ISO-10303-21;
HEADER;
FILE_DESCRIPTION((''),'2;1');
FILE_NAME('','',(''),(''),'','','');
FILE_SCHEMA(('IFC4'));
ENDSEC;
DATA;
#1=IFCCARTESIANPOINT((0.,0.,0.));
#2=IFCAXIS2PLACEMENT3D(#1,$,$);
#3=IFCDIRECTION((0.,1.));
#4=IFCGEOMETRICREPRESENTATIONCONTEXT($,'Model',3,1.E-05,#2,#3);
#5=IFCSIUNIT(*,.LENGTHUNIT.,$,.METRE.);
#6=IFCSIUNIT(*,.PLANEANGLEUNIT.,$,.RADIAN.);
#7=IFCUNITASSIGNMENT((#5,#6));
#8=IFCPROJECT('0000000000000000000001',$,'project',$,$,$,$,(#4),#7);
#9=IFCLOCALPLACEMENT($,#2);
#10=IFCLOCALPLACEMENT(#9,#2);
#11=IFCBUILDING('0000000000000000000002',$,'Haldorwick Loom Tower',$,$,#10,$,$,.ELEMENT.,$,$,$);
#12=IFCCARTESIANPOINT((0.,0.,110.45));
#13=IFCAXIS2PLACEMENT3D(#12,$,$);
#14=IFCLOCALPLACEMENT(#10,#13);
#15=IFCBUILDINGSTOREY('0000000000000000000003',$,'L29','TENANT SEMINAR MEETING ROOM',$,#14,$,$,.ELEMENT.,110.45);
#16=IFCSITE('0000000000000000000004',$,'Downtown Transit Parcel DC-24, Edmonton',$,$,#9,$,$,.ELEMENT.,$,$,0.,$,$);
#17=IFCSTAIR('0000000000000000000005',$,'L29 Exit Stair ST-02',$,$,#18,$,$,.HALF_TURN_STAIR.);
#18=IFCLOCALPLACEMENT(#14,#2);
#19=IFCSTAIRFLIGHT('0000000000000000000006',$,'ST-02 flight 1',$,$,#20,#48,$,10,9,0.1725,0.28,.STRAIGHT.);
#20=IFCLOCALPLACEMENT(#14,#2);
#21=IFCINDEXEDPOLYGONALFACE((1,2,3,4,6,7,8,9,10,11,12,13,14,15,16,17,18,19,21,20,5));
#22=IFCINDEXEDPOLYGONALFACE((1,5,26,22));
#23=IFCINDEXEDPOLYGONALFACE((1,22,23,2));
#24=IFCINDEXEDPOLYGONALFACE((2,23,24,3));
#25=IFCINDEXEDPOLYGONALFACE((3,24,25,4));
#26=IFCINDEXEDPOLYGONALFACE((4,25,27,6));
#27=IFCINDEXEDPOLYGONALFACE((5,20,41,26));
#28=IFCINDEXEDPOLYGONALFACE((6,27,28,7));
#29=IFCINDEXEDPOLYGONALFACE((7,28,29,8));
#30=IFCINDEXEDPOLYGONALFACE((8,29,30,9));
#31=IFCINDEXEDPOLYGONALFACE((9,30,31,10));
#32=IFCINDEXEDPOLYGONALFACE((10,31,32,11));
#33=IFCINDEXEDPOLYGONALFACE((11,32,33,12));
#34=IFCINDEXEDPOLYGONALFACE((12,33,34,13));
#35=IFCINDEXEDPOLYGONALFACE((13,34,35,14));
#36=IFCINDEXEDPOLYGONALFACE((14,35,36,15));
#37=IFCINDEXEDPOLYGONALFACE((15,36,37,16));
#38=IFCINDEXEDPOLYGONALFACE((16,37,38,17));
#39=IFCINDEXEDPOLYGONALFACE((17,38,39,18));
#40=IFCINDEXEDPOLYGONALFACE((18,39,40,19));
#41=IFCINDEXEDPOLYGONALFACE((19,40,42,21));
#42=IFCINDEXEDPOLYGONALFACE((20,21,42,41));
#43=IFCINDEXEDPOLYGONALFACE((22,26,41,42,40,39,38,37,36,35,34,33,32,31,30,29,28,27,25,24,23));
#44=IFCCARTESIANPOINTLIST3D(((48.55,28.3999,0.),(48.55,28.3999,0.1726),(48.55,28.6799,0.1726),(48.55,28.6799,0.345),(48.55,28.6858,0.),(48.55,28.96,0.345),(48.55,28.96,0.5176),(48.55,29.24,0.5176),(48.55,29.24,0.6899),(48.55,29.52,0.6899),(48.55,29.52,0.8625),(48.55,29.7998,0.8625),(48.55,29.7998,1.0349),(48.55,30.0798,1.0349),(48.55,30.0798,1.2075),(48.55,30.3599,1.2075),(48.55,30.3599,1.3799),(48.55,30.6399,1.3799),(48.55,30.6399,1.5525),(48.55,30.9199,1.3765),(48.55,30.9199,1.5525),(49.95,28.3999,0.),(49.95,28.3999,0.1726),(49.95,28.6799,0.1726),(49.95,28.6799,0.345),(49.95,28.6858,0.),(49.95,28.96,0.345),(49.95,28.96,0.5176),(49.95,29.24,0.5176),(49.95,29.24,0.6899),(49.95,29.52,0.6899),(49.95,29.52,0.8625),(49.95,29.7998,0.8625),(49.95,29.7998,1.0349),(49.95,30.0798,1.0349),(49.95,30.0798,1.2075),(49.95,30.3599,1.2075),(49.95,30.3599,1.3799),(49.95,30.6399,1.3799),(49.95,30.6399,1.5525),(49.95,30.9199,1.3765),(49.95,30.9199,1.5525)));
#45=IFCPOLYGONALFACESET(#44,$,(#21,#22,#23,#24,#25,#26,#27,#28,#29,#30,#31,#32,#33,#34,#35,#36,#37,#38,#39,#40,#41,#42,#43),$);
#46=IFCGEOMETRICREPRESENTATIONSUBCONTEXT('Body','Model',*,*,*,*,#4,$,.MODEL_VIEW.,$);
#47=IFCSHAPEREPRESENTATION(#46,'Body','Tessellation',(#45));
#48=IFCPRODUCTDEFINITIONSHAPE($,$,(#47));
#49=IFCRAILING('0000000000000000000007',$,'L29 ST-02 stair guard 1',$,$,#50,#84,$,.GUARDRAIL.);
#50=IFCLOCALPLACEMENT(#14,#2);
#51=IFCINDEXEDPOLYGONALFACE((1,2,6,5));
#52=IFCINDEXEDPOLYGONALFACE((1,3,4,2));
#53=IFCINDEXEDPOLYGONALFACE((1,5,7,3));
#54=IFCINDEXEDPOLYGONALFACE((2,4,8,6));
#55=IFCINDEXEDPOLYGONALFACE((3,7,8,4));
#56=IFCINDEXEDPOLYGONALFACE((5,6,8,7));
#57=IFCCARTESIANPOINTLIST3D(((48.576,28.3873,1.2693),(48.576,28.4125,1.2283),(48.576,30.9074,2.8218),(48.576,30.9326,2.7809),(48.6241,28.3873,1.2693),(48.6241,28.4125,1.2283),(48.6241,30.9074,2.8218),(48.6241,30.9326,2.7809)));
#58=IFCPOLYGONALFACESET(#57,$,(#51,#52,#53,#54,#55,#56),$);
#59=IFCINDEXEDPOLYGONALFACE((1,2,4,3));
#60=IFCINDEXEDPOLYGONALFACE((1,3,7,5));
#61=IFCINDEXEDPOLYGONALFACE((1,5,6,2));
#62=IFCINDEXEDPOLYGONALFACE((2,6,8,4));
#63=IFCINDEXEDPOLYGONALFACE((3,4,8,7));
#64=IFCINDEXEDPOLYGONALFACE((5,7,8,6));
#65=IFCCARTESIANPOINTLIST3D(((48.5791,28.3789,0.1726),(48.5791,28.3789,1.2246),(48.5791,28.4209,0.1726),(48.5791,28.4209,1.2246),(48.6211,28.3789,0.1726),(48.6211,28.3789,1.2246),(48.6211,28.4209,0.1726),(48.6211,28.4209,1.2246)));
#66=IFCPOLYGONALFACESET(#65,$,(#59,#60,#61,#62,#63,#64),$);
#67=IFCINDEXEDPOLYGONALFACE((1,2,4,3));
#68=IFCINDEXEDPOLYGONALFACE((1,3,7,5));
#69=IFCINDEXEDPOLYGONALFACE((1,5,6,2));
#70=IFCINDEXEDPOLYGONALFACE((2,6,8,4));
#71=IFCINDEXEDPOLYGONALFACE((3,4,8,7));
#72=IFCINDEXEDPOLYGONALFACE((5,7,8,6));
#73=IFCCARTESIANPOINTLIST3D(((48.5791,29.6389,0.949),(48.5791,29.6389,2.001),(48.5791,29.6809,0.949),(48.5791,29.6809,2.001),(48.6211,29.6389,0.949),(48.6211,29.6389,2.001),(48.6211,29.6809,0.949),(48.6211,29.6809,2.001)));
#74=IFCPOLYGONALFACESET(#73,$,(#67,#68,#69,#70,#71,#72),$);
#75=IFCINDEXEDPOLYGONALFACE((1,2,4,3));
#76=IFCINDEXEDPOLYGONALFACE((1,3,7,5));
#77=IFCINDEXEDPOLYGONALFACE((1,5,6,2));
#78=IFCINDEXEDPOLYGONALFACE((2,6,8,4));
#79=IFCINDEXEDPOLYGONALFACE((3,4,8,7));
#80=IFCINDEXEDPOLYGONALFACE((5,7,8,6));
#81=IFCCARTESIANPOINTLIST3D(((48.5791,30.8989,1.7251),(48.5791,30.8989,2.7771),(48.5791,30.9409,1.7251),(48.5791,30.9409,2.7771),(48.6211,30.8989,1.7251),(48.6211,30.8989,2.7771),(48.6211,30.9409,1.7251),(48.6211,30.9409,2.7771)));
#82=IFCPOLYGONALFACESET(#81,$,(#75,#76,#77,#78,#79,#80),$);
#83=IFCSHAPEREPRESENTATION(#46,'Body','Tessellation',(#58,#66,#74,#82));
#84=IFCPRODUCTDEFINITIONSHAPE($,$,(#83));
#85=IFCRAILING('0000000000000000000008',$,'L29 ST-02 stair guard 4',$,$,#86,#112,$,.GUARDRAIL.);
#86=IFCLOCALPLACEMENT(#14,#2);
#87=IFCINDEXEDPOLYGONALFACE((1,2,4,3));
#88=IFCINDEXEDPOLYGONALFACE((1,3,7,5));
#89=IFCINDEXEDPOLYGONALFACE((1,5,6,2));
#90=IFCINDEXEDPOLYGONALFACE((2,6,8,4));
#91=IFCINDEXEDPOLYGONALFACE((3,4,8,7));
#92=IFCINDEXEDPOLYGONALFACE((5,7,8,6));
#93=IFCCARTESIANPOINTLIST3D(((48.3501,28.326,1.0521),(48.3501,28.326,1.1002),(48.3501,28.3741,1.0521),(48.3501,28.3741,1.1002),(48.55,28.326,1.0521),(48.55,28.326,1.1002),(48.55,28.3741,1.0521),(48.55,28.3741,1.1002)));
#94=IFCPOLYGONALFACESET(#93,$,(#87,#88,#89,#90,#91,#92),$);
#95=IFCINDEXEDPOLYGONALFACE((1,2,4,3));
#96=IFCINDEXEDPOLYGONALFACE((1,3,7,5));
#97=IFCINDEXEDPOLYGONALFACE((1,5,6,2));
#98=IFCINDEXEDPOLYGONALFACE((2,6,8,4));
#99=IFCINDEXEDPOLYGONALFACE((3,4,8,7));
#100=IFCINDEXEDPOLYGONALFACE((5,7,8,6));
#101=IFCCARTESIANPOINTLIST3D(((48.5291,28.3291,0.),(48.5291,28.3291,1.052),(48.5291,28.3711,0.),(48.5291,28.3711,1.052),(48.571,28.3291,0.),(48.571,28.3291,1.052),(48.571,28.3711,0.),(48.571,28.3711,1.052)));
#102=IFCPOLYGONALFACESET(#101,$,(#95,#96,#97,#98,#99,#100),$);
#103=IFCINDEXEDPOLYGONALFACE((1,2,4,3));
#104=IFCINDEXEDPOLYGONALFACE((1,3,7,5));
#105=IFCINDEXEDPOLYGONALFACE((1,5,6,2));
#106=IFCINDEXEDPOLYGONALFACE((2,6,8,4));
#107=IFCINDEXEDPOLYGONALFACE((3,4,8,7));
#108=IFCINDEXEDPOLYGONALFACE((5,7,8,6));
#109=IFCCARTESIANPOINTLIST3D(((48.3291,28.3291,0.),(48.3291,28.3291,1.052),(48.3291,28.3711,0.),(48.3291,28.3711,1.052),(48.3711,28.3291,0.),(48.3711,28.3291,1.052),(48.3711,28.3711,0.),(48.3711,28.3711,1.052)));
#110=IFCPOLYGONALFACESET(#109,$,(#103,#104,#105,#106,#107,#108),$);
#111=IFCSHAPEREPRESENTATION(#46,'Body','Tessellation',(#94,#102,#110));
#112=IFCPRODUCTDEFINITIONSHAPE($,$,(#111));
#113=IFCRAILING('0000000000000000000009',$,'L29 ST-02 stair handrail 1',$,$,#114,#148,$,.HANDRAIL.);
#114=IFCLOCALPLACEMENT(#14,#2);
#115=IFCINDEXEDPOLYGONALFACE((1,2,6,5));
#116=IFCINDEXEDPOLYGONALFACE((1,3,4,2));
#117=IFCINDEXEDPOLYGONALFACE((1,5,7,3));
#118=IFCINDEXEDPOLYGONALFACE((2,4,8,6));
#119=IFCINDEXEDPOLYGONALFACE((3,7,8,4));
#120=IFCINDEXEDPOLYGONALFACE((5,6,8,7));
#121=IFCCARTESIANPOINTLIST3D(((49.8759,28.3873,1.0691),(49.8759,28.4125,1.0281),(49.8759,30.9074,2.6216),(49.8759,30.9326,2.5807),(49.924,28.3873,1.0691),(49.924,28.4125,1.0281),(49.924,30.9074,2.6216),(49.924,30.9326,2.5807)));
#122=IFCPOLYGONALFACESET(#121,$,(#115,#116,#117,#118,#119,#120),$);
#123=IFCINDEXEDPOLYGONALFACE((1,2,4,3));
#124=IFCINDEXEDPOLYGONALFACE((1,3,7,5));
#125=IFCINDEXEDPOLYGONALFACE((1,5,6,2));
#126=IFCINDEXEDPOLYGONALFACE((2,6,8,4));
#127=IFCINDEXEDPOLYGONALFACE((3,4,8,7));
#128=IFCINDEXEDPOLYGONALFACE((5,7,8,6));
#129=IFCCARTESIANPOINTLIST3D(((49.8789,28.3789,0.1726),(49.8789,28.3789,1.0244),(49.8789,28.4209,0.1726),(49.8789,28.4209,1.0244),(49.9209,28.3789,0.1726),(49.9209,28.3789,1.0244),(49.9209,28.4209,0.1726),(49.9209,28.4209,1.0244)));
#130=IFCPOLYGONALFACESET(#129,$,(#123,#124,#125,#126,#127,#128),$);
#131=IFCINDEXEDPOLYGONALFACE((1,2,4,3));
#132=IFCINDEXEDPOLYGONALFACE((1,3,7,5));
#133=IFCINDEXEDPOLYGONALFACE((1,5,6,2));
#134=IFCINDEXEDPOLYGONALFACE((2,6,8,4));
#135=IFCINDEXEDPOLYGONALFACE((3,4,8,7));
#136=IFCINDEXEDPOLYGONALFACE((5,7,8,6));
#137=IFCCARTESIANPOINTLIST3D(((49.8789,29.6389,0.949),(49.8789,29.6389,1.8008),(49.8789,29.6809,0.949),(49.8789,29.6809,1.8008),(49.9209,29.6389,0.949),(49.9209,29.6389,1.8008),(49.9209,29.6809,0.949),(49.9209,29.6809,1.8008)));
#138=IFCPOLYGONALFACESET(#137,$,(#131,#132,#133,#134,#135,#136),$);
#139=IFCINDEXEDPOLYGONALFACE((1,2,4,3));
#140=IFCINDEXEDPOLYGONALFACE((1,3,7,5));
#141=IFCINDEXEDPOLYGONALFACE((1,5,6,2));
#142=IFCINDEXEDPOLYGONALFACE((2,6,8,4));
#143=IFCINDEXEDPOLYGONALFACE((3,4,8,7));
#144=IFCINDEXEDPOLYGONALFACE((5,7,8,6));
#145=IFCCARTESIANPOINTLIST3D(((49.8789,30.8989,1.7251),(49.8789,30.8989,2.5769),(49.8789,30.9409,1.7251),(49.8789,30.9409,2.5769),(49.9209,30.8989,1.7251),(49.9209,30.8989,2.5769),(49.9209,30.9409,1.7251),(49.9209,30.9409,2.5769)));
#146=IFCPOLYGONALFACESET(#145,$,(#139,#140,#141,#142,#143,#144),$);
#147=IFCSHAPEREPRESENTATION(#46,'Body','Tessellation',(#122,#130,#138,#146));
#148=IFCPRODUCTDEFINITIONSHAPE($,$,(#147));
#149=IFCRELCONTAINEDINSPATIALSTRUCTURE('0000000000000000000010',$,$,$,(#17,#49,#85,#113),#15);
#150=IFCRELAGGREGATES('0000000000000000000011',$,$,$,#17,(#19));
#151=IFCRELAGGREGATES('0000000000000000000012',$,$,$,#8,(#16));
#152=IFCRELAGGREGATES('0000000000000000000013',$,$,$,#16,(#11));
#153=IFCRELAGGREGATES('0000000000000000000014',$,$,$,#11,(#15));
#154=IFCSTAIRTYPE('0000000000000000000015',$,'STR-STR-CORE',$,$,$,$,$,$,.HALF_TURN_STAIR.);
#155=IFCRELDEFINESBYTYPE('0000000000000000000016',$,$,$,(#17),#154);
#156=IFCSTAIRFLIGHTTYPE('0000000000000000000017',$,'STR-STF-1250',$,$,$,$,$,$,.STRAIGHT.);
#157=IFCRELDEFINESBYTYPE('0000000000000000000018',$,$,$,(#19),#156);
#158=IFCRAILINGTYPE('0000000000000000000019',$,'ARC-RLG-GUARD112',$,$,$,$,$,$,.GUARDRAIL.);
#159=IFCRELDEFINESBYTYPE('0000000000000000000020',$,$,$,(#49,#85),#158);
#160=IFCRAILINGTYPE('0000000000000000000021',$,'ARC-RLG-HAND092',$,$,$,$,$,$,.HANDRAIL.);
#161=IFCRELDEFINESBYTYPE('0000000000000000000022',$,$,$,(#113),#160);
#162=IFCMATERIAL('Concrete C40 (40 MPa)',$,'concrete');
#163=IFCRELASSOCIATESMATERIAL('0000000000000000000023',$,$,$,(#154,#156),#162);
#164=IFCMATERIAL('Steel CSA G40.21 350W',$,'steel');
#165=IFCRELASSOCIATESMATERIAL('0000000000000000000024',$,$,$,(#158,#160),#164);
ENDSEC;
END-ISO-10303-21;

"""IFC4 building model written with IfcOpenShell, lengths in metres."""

from ifc_helpers import new_model, si_unit, direction, frame, origin, origin_2d, place, context, subcontext, project, spatial, polyline, rectangle, outline, extrude, material, type_object, element, aggregate, save


model = new_model("IFC4")

# Units and contexts
model_context = context("Model", 3, precision=1e-05, world=origin(), true_north=direction((0.0, 1.0)))
body_context = subcontext(model_context, "Body", "Model", "MODEL_VIEW")
ifc_project = project(units=[si_unit("LENGTHUNIT", "METRE"), si_unit("PLANEANGLEUNIT", "RADIAN")], contexts=[model_context])

# Site, building, storey
site_placement = place(None, origin())
site = spatial("IfcSite", under=ifc_project, at=site_placement, Name="Downtown Transit Parcel DC-24, Edmonton", CompositionType="ELEMENT", RefElevation=0.0)
building_placement = place(site_placement, origin())
building = spatial("IfcBuilding", under=site, at=building_placement, Name="Haldorwick Loom Tower", CompositionType="ELEMENT")
storey_placement = place(building_placement, frame((0.0, 0.0, 110.45)))
storey = spatial("IfcBuildingStorey", under=building, at=storey_placement, Name="L29", Description="TENANT SEMINAR MEETING ROOM", CompositionType="ELEMENT", Elevation=110.45)

# Shared definitions
ifc_material_1 = material(Name="Steel CSA G40.21 350W", Category="steel")

# Stair, stair flight
ifc_material_2 = material(Name="Concrete C40 (40 MPa)", Category="concrete")
stair_type = type_object("IfcStairType", Name="STR-STR-CORE", PredefinedType="HALF_TURN_STAIR", material=ifc_material_2)
stair_placement = place(storey_placement, origin())
stair = element("IfcStair", 1, at=stair_placement, inside=storey, type_object=stair_type, Name="L29 Exit Stair ST-02", PredefinedType="HALF_TURN_STAIR")
stair_flight_type = type_object("IfcStairFlightType", Name="STR-STF-1250", PredefinedType="STRAIGHT", material=ifc_material_2)
stair_flight_placement = place(storey_placement, frame((49.25, 28.3999, 0.0), z_axis=(0.0, 0.0, 1.0), x_axis=(0.0, 1.0, 0.0)))
stair_flight = element("IfcStairFlight", 2, at=stair_flight_placement, type_object=stair_flight_type, Name="ST-02 flight 1", NumberOfRisers=10, NumberOfTreads=9, PredefinedType="STRAIGHT", RiserHeight=0.1725, TreadLength=0.28, context=body_context, shape_type="SweptSolid", body=[
    extrude(outline(polyline([(0.0, 0.0), (0.0, 0.1726), (0.28, 0.1726), (0.28, 0.345), (0.5601, 0.345), (0.5601, 0.5176), (0.8401, 0.5176), (0.8401, 0.6899), (1.1201, 0.6899), (1.1201, 0.8625), (1.3999, 0.8625), (1.3999, 1.0349), (1.6799, 1.0349), (1.6799, 1.2075), (1.96, 1.2075), (1.96, 1.3799), (2.24, 1.3799), (2.24, 1.5525), (2.52, 1.5525), (2.52, 1.7251), (2.52, 1.3765), (0.2859, 0.0), (0.0, 0.0)])), frame((0.0, 0.7, 0.0), z_axis=(0.0, -1.0, 0.0), x_axis=(1.0, 0.0, 0.0)), (0.0, 0.0, 1.0), 1.3999),
])
aggregate(stair, [stair_flight])

# Railings
railing_type_1 = type_object("IfcRailingType", Name="ARC-RLG-GUARD112", PredefinedType="GUARDRAIL", material=ifc_material_1)
railing_1_placement = place(storey_placement, frame((48.6001, 28.3999, 0.1726)))
element("IfcRailing", 3, at=railing_1_placement, inside=storey, type_object=railing_type_1, Name="L29 ST-02 stair guard 1", PredefinedType="GUARDRAIL", context=body_context, shape_type="SweptSolid", body=[
    extrude(rectangle(XDim=0.0481, YDim=0.0481, at=origin_2d()), frame((0.0, 0.0, 1.0762), z_axis=(0.0, 0.8514, 0.524516), x_axis=(-1.0, 0.0, 0.0)), (0.0, 0.0, 1.0), 2.96),
    extrude(rectangle(XDim=0.042, YDim=0.042, at=origin_2d()), origin(), (0.0, 0.0, 1.0), 1.052),
    extrude(rectangle(XDim=0.042, YDim=0.042, at=origin_2d()), frame((0.0, 1.26, 0.7764)), (0.0, 0.0, 1.0), 1.052),
    extrude(rectangle(XDim=0.042, YDim=0.042, at=origin_2d()), frame((0.0, 2.52, 1.5525)), (0.0, 0.0, 1.0), 1.052),
])
railing_2_placement = place(storey_placement, frame((48.55, 28.3501, 0.0)))
element("IfcRailing", 4, at=railing_2_placement, inside=storey, type_object=railing_type_1, Name="L29 ST-02 stair guard 4", PredefinedType="GUARDRAIL", context=body_context, shape_type="SweptSolid", body=[
    extrude(rectangle(XDim=0.0481, YDim=0.0481, at=origin_2d()), frame((0.0, 0.0, 1.0762), z_axis=(-1.0, 0.0, 0.0), x_axis=(0.0, -1.0, 0.0)), (0.0, 0.0, 1.0), 0.2),
    extrude(rectangle(XDim=0.042, YDim=0.042, at=origin_2d()), origin(), (0.0, 0.0, 1.0), 1.052),
    extrude(rectangle(XDim=0.042, YDim=0.042, at=origin_2d()), frame((-0.2, 0.0, 0.0)), (0.0, 0.0, 1.0), 1.052),
])
railing_type_2 = type_object("IfcRailingType", Name="ARC-RLG-HAND092", PredefinedType="HANDRAIL", material=ifc_material_1)
railing_3_placement = place(storey_placement, frame((49.8999, 28.3999, 0.1726)))
element("IfcRailing", 5, at=railing_3_placement, inside=storey, type_object=railing_type_2, Name="L29 ST-02 stair handrail 1", PredefinedType="HANDRAIL", context=body_context, shape_type="SweptSolid", body=[
    extrude(rectangle(XDim=0.0481, YDim=0.0481, at=origin_2d()), frame((0.0, 0.0, 0.876), z_axis=(0.0, 0.8514, 0.524516), x_axis=(-1.0, 0.0, 0.0)), (0.0, 0.0, 1.0), 2.96),
    extrude(rectangle(XDim=0.042, YDim=0.042, at=origin_2d()), origin(), (0.0, 0.0, 1.0), 0.8518),
    extrude(rectangle(XDim=0.042, YDim=0.042, at=origin_2d()), frame((0.0, 1.26, 0.7764)), (0.0, 0.0, 1.0), 0.8518),
    extrude(rectangle(XDim=0.042, YDim=0.042, at=origin_2d()), frame((0.0, 2.52, 1.5525)), (0.0, 0.0, 1.0), 0.8518),
])

save(model, "model.ifc")
